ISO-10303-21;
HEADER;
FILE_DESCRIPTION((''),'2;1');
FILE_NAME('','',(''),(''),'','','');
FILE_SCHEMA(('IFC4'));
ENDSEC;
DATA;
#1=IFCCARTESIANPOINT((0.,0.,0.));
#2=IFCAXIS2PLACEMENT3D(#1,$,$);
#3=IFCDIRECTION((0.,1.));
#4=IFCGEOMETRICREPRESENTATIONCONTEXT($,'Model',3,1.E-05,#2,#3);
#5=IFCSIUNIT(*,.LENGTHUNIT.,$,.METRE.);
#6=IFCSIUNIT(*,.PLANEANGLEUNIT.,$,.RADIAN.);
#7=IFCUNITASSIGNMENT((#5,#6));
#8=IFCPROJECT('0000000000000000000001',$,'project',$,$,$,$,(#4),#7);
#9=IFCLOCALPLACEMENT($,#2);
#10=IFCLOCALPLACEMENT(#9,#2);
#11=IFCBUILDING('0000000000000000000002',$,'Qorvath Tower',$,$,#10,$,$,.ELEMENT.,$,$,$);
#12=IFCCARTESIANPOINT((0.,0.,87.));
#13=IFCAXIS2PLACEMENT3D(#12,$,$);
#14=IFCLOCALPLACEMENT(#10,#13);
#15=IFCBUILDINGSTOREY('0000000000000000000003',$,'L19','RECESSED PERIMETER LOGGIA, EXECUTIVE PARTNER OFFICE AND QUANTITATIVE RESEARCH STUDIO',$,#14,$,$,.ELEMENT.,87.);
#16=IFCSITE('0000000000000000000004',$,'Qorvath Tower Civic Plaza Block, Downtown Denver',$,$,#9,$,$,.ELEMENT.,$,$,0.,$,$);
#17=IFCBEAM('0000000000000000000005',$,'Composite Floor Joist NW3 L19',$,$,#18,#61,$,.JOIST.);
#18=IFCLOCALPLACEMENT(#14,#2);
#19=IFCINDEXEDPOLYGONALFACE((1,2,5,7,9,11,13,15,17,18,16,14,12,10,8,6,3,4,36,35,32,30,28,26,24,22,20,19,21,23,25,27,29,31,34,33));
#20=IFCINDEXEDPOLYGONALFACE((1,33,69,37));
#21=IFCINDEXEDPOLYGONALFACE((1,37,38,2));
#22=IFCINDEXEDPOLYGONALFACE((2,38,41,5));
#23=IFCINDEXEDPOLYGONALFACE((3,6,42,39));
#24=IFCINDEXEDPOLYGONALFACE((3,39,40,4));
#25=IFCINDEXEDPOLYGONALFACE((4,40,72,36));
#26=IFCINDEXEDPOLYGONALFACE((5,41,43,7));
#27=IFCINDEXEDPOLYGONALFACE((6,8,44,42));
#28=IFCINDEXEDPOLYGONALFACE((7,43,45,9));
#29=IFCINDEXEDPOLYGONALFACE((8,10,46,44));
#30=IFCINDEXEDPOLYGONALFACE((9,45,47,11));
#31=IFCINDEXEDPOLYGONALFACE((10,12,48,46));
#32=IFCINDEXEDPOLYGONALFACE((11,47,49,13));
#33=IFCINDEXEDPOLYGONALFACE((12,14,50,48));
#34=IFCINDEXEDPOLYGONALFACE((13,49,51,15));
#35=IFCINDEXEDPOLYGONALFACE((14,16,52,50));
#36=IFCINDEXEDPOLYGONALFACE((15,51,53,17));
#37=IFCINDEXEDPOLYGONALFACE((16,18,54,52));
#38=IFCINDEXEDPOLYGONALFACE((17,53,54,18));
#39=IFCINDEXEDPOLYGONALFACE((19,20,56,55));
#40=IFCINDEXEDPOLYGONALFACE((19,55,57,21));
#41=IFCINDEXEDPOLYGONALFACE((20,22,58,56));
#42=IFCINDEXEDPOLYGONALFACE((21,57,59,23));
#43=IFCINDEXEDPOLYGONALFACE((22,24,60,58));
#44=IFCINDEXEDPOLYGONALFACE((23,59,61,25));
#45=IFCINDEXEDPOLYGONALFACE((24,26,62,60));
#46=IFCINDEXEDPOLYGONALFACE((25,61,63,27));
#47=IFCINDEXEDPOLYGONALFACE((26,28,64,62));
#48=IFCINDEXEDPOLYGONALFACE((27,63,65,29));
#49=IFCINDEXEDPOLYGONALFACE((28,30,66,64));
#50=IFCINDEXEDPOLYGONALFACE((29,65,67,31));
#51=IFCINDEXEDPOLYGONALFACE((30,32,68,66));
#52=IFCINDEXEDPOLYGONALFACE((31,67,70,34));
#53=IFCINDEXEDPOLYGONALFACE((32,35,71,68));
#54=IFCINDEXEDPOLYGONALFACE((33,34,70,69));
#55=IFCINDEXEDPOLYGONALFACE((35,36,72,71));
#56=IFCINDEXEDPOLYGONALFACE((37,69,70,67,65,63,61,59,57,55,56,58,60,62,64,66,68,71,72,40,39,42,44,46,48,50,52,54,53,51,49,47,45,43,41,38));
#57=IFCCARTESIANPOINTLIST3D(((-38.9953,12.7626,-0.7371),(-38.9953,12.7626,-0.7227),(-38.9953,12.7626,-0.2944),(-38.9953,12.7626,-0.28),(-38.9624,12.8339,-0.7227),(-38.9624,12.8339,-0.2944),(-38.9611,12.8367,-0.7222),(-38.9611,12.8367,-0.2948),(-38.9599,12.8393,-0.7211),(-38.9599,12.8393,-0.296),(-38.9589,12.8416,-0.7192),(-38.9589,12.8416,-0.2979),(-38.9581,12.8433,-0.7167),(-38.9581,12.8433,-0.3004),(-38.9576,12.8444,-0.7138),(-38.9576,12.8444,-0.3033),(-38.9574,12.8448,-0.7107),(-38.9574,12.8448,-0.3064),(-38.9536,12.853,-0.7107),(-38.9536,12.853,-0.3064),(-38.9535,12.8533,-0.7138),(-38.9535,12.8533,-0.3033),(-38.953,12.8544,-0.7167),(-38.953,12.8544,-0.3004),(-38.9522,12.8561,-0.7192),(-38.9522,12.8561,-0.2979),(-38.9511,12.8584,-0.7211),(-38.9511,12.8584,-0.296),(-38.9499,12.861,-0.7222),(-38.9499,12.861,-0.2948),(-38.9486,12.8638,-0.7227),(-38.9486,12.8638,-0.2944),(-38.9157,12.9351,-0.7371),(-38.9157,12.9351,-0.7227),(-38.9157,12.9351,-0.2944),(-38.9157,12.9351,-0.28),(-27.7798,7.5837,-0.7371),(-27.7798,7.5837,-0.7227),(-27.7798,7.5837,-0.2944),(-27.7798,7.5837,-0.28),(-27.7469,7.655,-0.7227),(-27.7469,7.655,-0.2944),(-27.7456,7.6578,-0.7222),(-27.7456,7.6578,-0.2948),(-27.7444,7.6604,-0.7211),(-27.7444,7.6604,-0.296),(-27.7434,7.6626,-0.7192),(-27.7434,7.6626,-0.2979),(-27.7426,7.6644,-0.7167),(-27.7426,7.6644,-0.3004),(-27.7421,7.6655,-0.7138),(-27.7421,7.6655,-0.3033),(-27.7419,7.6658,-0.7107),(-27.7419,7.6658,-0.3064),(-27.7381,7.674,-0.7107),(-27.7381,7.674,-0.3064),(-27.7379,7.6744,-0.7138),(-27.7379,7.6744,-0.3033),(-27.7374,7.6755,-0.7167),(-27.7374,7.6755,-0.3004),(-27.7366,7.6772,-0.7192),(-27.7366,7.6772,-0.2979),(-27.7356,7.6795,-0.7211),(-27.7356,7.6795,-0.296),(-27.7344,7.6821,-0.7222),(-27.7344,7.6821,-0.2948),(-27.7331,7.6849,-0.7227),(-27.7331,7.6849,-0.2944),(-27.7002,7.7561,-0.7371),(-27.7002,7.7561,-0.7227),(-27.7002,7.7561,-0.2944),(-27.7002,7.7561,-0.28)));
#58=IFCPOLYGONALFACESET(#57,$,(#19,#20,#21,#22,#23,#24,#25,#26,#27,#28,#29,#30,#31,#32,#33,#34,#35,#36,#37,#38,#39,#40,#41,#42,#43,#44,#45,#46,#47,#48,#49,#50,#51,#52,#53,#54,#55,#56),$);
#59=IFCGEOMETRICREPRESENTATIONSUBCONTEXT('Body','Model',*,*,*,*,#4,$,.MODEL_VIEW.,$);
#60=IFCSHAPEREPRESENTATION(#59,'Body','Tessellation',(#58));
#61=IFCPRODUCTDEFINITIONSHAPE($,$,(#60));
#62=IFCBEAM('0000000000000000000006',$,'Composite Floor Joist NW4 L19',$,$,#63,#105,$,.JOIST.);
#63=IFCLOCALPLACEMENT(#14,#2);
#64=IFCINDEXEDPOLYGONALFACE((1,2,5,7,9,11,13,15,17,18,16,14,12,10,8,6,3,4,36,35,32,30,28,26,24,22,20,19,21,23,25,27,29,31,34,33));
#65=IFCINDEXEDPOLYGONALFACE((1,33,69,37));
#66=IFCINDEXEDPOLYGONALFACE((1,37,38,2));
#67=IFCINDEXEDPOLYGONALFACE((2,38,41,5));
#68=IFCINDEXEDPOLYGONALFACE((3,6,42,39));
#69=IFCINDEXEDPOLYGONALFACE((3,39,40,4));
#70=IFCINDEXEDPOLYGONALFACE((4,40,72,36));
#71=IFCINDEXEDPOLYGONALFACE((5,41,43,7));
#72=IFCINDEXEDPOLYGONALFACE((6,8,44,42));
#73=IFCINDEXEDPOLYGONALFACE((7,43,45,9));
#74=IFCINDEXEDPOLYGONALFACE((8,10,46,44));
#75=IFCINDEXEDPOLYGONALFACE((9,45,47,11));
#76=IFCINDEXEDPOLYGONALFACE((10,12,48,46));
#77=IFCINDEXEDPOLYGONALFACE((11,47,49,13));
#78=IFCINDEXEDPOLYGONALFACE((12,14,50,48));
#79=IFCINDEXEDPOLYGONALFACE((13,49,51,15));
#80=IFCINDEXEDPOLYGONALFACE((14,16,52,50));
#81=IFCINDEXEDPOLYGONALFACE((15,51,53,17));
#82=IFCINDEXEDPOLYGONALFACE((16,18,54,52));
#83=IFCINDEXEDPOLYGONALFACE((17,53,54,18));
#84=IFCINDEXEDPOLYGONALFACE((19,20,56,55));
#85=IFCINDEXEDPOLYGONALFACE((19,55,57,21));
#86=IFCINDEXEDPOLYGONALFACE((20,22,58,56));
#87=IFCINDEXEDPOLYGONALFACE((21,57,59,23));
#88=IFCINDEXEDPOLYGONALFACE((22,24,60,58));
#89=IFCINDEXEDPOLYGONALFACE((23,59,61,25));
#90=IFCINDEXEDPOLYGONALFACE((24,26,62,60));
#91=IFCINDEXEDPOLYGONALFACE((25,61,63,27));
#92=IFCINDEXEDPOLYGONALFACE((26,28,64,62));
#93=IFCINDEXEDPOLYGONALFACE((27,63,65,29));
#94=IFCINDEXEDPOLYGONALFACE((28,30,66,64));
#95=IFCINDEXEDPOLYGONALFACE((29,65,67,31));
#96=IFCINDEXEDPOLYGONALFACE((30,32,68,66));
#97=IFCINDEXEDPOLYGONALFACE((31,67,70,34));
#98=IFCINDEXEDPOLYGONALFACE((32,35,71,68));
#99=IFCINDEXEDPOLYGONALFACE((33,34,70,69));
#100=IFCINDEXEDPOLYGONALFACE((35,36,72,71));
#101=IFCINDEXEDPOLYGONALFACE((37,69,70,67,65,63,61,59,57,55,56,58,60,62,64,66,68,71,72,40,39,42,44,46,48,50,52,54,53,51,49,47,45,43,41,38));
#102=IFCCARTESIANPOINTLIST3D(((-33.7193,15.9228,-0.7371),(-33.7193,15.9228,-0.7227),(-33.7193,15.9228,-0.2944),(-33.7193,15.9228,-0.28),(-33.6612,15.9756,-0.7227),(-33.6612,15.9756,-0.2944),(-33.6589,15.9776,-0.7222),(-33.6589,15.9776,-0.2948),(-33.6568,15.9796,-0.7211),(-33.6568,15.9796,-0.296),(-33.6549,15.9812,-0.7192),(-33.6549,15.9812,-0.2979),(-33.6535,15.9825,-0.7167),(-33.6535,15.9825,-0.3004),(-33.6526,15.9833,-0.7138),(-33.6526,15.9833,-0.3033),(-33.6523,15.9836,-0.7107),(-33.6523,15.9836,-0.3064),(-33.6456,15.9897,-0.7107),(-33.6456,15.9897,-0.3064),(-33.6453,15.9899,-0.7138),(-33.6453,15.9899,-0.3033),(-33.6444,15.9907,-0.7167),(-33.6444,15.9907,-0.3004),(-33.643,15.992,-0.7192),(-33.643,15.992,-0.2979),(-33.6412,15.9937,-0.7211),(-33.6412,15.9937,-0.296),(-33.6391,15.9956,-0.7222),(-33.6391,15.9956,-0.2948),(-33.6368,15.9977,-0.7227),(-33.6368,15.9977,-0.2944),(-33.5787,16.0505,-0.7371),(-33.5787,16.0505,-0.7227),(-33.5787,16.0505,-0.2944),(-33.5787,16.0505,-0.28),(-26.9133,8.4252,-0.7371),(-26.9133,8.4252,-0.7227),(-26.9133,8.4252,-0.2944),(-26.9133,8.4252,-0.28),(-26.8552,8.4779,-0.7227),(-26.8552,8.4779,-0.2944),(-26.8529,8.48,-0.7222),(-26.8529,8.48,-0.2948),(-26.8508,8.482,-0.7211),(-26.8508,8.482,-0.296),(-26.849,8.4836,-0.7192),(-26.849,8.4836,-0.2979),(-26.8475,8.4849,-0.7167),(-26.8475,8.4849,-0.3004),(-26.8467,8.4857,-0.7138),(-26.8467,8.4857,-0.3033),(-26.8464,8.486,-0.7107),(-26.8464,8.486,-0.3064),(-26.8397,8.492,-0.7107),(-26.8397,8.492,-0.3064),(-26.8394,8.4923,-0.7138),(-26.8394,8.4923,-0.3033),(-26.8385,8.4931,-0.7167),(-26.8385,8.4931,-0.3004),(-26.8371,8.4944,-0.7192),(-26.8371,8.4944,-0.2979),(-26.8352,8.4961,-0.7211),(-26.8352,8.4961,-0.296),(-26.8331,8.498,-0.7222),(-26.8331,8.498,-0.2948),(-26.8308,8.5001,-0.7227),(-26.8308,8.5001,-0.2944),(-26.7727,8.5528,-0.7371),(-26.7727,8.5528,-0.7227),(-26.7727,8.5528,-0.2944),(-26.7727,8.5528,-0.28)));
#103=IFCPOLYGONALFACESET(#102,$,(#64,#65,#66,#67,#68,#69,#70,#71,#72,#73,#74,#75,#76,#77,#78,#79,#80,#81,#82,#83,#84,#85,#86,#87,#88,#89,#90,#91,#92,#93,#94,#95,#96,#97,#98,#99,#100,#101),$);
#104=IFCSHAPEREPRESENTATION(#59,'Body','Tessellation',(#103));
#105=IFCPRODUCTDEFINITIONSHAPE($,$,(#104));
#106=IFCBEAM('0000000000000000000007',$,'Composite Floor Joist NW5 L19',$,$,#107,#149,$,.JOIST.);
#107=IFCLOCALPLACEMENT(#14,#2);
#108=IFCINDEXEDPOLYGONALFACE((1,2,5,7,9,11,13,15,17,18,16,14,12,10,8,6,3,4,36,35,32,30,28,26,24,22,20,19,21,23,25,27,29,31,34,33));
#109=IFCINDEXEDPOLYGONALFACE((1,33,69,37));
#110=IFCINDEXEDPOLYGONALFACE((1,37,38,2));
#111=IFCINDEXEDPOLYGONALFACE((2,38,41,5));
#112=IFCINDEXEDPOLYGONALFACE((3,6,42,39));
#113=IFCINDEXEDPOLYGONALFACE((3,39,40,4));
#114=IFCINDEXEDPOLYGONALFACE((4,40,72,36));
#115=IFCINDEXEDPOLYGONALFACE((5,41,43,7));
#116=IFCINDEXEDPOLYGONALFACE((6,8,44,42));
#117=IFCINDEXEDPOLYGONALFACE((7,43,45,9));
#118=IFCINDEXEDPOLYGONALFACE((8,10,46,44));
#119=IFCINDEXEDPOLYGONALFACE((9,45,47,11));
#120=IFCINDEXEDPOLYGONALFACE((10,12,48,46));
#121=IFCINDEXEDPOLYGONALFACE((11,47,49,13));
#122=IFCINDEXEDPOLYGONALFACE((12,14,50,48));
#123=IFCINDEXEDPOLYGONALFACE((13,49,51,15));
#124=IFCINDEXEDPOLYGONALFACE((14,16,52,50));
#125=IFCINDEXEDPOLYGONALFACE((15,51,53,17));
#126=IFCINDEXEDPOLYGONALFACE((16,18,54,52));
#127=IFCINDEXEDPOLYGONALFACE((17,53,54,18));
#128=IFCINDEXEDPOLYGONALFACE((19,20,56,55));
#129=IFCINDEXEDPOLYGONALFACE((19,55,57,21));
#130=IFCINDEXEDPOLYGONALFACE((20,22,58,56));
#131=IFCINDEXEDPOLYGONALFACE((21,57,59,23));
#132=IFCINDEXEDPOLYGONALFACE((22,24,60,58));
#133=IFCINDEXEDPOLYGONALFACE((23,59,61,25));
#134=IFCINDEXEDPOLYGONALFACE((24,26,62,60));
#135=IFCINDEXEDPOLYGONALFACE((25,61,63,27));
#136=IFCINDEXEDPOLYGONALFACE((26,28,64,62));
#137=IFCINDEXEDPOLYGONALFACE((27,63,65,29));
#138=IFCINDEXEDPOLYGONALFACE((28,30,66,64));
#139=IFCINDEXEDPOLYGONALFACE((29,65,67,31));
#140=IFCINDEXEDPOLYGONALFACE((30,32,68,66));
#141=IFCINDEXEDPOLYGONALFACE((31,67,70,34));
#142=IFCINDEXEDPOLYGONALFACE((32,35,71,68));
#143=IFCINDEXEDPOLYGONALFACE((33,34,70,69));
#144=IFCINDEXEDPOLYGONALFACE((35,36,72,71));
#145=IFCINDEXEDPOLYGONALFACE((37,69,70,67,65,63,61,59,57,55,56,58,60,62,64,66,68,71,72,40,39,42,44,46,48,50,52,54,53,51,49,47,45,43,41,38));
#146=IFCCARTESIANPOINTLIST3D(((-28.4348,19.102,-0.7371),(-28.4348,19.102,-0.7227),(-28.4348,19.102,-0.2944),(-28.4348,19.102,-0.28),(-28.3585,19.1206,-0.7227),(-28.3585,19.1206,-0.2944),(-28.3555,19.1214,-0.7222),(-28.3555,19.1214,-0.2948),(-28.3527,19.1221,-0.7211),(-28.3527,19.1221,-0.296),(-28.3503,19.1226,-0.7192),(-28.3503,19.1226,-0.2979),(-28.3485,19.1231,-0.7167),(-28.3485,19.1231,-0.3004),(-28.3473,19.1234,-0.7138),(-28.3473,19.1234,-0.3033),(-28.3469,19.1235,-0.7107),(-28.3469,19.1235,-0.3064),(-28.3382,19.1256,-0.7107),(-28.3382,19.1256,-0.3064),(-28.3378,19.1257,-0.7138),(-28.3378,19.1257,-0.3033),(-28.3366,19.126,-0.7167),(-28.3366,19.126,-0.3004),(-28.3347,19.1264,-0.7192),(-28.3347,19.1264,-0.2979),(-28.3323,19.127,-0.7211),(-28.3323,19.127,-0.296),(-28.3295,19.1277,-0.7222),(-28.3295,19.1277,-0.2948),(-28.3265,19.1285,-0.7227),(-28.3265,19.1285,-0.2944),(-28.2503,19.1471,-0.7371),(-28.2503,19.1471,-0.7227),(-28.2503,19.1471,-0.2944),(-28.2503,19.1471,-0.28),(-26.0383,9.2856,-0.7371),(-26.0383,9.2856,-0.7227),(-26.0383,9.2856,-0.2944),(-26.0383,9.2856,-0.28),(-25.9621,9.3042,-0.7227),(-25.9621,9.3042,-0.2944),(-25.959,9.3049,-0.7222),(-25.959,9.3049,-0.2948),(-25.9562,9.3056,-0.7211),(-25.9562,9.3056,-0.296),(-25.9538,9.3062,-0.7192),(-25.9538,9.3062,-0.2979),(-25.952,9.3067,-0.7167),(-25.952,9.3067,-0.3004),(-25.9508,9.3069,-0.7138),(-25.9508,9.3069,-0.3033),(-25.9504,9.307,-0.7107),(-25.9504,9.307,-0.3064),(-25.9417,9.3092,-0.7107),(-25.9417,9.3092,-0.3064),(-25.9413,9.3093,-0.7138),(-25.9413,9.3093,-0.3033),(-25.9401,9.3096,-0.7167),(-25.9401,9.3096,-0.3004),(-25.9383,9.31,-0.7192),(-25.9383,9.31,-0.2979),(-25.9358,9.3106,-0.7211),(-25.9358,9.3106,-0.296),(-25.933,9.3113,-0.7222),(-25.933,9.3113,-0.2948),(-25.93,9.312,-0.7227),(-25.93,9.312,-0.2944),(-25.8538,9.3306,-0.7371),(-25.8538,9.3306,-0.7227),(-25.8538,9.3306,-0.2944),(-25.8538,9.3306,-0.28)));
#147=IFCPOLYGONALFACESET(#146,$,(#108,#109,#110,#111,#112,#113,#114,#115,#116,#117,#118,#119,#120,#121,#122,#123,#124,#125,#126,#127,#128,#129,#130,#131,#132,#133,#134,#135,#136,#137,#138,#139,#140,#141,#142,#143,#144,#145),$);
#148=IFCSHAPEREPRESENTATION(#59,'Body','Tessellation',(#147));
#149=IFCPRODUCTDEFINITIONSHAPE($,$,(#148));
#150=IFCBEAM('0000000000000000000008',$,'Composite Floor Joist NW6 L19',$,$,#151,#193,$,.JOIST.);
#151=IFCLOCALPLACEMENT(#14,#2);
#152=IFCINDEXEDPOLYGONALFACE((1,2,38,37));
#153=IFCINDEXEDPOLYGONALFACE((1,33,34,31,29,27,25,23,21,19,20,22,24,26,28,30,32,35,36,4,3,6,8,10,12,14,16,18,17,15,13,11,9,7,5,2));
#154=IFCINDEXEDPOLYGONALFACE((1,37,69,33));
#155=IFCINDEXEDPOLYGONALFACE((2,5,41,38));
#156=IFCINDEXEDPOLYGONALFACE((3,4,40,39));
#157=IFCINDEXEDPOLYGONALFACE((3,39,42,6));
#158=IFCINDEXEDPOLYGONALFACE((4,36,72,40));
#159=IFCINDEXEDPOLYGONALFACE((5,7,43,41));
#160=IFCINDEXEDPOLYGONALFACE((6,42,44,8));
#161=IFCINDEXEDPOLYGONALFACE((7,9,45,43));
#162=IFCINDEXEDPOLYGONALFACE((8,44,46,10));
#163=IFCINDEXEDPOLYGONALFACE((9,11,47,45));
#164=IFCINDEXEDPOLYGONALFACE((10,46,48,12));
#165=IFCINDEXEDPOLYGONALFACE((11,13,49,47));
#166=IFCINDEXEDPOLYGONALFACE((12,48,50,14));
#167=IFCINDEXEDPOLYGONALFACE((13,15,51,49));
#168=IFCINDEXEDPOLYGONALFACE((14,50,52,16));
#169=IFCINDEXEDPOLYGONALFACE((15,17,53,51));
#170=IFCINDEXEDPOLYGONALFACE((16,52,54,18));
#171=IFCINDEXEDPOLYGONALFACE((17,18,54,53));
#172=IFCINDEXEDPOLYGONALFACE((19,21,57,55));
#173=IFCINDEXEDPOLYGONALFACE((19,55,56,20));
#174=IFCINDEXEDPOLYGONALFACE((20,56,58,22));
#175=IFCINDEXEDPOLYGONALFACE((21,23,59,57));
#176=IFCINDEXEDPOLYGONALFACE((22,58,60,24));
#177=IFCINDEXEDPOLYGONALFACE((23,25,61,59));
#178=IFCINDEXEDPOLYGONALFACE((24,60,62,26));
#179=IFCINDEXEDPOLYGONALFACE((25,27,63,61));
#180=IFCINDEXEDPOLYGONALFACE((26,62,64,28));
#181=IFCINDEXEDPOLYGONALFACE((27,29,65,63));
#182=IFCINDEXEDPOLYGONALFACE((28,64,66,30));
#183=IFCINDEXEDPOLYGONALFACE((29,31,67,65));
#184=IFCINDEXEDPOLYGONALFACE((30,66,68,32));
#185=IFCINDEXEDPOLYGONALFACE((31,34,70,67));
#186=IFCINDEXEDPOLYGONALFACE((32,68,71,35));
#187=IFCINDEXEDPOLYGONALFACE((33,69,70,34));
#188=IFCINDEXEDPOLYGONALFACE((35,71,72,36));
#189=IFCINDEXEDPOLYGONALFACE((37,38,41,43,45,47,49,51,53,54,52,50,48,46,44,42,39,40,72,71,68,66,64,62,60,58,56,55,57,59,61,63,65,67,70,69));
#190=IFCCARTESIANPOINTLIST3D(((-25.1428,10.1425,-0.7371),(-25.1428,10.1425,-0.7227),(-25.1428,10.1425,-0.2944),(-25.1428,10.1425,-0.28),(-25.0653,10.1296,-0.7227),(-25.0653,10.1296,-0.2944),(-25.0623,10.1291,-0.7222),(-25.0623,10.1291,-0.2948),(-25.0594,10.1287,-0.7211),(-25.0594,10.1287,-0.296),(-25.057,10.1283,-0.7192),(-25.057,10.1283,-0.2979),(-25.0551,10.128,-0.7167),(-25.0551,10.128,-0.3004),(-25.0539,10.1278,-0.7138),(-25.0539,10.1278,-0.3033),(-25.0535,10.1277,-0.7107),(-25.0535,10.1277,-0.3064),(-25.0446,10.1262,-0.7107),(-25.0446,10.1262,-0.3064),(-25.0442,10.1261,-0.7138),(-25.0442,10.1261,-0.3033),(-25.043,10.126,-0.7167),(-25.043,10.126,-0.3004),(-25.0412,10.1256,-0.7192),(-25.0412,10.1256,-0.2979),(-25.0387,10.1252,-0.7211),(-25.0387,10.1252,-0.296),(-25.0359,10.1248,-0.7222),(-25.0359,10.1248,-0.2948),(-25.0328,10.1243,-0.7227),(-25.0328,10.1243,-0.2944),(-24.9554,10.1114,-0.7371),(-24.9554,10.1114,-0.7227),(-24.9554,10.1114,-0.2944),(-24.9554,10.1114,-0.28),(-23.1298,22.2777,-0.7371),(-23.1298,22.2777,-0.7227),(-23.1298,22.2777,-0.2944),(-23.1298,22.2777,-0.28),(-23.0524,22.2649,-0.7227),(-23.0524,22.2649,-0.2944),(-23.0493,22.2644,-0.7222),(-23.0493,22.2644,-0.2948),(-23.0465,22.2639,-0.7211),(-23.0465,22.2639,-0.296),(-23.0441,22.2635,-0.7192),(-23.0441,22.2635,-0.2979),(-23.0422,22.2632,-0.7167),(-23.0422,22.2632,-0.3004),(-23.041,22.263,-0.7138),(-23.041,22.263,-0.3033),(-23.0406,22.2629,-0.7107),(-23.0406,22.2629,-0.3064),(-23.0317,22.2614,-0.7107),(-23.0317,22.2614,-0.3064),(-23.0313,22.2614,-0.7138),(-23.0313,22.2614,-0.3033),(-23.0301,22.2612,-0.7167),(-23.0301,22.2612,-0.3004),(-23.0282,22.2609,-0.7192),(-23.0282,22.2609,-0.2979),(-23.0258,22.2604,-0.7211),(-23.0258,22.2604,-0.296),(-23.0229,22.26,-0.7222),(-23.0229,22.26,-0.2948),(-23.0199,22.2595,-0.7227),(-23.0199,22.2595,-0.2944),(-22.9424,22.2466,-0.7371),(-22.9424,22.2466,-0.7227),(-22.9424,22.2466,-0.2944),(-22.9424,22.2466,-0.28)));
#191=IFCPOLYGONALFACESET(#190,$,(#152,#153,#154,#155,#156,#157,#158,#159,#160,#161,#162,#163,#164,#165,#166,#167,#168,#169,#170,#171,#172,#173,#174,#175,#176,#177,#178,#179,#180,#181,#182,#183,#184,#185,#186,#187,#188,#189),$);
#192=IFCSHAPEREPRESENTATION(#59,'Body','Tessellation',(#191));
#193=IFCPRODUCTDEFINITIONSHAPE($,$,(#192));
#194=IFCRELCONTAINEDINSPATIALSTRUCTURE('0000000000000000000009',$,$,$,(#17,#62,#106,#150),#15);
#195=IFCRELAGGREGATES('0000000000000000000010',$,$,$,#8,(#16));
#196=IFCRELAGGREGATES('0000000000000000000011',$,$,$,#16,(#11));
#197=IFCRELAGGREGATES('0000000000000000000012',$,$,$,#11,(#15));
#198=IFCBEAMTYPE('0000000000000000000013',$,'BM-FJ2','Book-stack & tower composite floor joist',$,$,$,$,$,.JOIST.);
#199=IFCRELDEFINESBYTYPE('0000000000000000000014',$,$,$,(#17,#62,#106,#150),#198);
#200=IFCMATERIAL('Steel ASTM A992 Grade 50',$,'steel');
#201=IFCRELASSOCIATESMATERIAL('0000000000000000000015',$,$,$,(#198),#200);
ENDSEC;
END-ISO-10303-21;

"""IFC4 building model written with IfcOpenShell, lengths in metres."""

from ifc_helpers import new_model, si_unit, direction, frame, origin, origin_2d, place, context, subcontext, project, spatial, i_section, extrude, material, material_profile, profile_set, type_object, element, save


model = new_model("IFC4")

# Units and contexts
model_context = context("Model", 3, precision=1e-05, world=origin(), true_north=direction((0.0, 1.0)))
body_context = subcontext(model_context, "Body", "Model", "MODEL_VIEW")
ifc_project = project(units=[si_unit("LENGTHUNIT", "METRE"), si_unit("PLANEANGLEUNIT", "RADIAN")], contexts=[model_context])

# Site, building, storey
site_placement = place(None, origin())
site = spatial("IfcSite", under=ifc_project, at=site_placement, Name="Qorvath Tower Civic Plaza Block, Downtown Denver", CompositionType="ELEMENT", RefElevation=0.0)
building_placement = place(site_placement, origin())
building = spatial("IfcBuilding", under=site, at=building_placement, Name="Qorvath Tower", CompositionType="ELEMENT")
storey_placement = place(building_placement, frame((0.0, 0.0, 87.0)))
storey = spatial("IfcBuildingStorey", under=building, at=storey_placement, Name="L19", Description="RECESSED PERIMETER LOGGIA, EXECUTIVE PARTNER OFFICE AND QUANTITATIVE RESEARCH STUDIO", CompositionType="ELEMENT", Elevation=87.0)

# Beams
ifc_material_1 = material(Name="Steel ASTM A992 Grade 50", Category="steel")
ifc_material_profile_1 = material_profile(ifc_material_1, i_section(OverallWidth=0.1899, OverallDepth=0.457, WebThickness=0.009, FlangeThickness=0.0144, FilletRadius=0.012, at=origin_2d()), Name="W18x50")
ifc_profile_set_1 = profile_set([ifc_material_profile_1], Name="Steel ASTM A992 Grade 50")
beam_type_1 = type_object("IfcBeamType", Name="BM-FJ2", Description="Book-stack & tower composite floor joist", PredefinedType="JOIST", material=ifc_profile_set_1)
beam_1_placement = place(storey_placement, frame((-27.74, 7.6699, -0.5085), z_axis=(-0.907881, 0.419227, 0.0), x_axis=(-0.419227, -0.907881, 0.0)))
element("IfcBeam", 1, at=beam_1_placement, inside=storey, type_object=beam_type_1, Name="Composite Floor Joist NW3 L19", PredefinedType="JOIST", context=body_context, shape_type="SweptSolid", body=[
    extrude(i_section(OverallWidth=0.1899, OverallDepth=0.457, WebThickness=0.009, FlangeThickness=0.0144, FilletRadius=0.012, at=origin_2d()), origin(), (0.0, 0.0, 1.0), 12.3535),
])
beam_2_placement = place(storey_placement, frame((-26.843, 8.489, -0.5085), z_axis=(-0.672129, 0.740434, 0.0), x_axis=(-0.740434, -0.672129, 0.0)))
element("IfcBeam", 2, at=beam_2_placement, inside=storey, type_object=beam_type_1, Name="Composite Floor Joist NW4 L19", PredefinedType="JOIST", context=body_context, shape_type="SweptSolid", body=[
    extrude(i_section(OverallWidth=0.1899, OverallDepth=0.457, WebThickness=0.009, FlangeThickness=0.0144, FilletRadius=0.012, at=origin_2d()), origin(), (0.0, 0.0, 1.0), 10.126),
])
beam_3_placement = place(storey_placement, frame((-25.946, 9.3081, -0.5085), z_axis=(-0.237165, 0.971469, 0.0), x_axis=(-0.971469, -0.237165, 0.0)))
element("IfcBeam", 3, at=beam_3_placement, inside=storey, type_object=beam_type_1, Name="Composite Floor Joist NW5 L19", PredefinedType="JOIST", context=body_context, shape_type="SweptSolid", body=[
    extrude(i_section(OverallWidth=0.1899, OverallDepth=0.457, WebThickness=0.009, FlangeThickness=0.0144, FilletRadius=0.012, at=origin_2d()), origin(), (0.0, 0.0, 1.0), 10.1047),
])
beam_4_placement = place(storey_placement, frame((-25.0491, 10.127, -0.5085), z_axis=(0.163639, 0.98652, 0.0), x_axis=(-0.98652, 0.163639, 0.0)))
element("IfcBeam", 4, at=beam_4_placement, inside=storey, type_object=beam_type_1, Name="Composite Floor Joist NW6 L19", PredefinedType="JOIST", context=body_context, shape_type="SweptSolid", body=[
    extrude(i_section(OverallWidth=0.1899, OverallDepth=0.457, WebThickness=0.009, FlangeThickness=0.0144, FilletRadius=0.012, at=origin_2d()), origin(), (0.0, 0.0, 1.0), 12.301),
])

save(model, "model.ifc")
